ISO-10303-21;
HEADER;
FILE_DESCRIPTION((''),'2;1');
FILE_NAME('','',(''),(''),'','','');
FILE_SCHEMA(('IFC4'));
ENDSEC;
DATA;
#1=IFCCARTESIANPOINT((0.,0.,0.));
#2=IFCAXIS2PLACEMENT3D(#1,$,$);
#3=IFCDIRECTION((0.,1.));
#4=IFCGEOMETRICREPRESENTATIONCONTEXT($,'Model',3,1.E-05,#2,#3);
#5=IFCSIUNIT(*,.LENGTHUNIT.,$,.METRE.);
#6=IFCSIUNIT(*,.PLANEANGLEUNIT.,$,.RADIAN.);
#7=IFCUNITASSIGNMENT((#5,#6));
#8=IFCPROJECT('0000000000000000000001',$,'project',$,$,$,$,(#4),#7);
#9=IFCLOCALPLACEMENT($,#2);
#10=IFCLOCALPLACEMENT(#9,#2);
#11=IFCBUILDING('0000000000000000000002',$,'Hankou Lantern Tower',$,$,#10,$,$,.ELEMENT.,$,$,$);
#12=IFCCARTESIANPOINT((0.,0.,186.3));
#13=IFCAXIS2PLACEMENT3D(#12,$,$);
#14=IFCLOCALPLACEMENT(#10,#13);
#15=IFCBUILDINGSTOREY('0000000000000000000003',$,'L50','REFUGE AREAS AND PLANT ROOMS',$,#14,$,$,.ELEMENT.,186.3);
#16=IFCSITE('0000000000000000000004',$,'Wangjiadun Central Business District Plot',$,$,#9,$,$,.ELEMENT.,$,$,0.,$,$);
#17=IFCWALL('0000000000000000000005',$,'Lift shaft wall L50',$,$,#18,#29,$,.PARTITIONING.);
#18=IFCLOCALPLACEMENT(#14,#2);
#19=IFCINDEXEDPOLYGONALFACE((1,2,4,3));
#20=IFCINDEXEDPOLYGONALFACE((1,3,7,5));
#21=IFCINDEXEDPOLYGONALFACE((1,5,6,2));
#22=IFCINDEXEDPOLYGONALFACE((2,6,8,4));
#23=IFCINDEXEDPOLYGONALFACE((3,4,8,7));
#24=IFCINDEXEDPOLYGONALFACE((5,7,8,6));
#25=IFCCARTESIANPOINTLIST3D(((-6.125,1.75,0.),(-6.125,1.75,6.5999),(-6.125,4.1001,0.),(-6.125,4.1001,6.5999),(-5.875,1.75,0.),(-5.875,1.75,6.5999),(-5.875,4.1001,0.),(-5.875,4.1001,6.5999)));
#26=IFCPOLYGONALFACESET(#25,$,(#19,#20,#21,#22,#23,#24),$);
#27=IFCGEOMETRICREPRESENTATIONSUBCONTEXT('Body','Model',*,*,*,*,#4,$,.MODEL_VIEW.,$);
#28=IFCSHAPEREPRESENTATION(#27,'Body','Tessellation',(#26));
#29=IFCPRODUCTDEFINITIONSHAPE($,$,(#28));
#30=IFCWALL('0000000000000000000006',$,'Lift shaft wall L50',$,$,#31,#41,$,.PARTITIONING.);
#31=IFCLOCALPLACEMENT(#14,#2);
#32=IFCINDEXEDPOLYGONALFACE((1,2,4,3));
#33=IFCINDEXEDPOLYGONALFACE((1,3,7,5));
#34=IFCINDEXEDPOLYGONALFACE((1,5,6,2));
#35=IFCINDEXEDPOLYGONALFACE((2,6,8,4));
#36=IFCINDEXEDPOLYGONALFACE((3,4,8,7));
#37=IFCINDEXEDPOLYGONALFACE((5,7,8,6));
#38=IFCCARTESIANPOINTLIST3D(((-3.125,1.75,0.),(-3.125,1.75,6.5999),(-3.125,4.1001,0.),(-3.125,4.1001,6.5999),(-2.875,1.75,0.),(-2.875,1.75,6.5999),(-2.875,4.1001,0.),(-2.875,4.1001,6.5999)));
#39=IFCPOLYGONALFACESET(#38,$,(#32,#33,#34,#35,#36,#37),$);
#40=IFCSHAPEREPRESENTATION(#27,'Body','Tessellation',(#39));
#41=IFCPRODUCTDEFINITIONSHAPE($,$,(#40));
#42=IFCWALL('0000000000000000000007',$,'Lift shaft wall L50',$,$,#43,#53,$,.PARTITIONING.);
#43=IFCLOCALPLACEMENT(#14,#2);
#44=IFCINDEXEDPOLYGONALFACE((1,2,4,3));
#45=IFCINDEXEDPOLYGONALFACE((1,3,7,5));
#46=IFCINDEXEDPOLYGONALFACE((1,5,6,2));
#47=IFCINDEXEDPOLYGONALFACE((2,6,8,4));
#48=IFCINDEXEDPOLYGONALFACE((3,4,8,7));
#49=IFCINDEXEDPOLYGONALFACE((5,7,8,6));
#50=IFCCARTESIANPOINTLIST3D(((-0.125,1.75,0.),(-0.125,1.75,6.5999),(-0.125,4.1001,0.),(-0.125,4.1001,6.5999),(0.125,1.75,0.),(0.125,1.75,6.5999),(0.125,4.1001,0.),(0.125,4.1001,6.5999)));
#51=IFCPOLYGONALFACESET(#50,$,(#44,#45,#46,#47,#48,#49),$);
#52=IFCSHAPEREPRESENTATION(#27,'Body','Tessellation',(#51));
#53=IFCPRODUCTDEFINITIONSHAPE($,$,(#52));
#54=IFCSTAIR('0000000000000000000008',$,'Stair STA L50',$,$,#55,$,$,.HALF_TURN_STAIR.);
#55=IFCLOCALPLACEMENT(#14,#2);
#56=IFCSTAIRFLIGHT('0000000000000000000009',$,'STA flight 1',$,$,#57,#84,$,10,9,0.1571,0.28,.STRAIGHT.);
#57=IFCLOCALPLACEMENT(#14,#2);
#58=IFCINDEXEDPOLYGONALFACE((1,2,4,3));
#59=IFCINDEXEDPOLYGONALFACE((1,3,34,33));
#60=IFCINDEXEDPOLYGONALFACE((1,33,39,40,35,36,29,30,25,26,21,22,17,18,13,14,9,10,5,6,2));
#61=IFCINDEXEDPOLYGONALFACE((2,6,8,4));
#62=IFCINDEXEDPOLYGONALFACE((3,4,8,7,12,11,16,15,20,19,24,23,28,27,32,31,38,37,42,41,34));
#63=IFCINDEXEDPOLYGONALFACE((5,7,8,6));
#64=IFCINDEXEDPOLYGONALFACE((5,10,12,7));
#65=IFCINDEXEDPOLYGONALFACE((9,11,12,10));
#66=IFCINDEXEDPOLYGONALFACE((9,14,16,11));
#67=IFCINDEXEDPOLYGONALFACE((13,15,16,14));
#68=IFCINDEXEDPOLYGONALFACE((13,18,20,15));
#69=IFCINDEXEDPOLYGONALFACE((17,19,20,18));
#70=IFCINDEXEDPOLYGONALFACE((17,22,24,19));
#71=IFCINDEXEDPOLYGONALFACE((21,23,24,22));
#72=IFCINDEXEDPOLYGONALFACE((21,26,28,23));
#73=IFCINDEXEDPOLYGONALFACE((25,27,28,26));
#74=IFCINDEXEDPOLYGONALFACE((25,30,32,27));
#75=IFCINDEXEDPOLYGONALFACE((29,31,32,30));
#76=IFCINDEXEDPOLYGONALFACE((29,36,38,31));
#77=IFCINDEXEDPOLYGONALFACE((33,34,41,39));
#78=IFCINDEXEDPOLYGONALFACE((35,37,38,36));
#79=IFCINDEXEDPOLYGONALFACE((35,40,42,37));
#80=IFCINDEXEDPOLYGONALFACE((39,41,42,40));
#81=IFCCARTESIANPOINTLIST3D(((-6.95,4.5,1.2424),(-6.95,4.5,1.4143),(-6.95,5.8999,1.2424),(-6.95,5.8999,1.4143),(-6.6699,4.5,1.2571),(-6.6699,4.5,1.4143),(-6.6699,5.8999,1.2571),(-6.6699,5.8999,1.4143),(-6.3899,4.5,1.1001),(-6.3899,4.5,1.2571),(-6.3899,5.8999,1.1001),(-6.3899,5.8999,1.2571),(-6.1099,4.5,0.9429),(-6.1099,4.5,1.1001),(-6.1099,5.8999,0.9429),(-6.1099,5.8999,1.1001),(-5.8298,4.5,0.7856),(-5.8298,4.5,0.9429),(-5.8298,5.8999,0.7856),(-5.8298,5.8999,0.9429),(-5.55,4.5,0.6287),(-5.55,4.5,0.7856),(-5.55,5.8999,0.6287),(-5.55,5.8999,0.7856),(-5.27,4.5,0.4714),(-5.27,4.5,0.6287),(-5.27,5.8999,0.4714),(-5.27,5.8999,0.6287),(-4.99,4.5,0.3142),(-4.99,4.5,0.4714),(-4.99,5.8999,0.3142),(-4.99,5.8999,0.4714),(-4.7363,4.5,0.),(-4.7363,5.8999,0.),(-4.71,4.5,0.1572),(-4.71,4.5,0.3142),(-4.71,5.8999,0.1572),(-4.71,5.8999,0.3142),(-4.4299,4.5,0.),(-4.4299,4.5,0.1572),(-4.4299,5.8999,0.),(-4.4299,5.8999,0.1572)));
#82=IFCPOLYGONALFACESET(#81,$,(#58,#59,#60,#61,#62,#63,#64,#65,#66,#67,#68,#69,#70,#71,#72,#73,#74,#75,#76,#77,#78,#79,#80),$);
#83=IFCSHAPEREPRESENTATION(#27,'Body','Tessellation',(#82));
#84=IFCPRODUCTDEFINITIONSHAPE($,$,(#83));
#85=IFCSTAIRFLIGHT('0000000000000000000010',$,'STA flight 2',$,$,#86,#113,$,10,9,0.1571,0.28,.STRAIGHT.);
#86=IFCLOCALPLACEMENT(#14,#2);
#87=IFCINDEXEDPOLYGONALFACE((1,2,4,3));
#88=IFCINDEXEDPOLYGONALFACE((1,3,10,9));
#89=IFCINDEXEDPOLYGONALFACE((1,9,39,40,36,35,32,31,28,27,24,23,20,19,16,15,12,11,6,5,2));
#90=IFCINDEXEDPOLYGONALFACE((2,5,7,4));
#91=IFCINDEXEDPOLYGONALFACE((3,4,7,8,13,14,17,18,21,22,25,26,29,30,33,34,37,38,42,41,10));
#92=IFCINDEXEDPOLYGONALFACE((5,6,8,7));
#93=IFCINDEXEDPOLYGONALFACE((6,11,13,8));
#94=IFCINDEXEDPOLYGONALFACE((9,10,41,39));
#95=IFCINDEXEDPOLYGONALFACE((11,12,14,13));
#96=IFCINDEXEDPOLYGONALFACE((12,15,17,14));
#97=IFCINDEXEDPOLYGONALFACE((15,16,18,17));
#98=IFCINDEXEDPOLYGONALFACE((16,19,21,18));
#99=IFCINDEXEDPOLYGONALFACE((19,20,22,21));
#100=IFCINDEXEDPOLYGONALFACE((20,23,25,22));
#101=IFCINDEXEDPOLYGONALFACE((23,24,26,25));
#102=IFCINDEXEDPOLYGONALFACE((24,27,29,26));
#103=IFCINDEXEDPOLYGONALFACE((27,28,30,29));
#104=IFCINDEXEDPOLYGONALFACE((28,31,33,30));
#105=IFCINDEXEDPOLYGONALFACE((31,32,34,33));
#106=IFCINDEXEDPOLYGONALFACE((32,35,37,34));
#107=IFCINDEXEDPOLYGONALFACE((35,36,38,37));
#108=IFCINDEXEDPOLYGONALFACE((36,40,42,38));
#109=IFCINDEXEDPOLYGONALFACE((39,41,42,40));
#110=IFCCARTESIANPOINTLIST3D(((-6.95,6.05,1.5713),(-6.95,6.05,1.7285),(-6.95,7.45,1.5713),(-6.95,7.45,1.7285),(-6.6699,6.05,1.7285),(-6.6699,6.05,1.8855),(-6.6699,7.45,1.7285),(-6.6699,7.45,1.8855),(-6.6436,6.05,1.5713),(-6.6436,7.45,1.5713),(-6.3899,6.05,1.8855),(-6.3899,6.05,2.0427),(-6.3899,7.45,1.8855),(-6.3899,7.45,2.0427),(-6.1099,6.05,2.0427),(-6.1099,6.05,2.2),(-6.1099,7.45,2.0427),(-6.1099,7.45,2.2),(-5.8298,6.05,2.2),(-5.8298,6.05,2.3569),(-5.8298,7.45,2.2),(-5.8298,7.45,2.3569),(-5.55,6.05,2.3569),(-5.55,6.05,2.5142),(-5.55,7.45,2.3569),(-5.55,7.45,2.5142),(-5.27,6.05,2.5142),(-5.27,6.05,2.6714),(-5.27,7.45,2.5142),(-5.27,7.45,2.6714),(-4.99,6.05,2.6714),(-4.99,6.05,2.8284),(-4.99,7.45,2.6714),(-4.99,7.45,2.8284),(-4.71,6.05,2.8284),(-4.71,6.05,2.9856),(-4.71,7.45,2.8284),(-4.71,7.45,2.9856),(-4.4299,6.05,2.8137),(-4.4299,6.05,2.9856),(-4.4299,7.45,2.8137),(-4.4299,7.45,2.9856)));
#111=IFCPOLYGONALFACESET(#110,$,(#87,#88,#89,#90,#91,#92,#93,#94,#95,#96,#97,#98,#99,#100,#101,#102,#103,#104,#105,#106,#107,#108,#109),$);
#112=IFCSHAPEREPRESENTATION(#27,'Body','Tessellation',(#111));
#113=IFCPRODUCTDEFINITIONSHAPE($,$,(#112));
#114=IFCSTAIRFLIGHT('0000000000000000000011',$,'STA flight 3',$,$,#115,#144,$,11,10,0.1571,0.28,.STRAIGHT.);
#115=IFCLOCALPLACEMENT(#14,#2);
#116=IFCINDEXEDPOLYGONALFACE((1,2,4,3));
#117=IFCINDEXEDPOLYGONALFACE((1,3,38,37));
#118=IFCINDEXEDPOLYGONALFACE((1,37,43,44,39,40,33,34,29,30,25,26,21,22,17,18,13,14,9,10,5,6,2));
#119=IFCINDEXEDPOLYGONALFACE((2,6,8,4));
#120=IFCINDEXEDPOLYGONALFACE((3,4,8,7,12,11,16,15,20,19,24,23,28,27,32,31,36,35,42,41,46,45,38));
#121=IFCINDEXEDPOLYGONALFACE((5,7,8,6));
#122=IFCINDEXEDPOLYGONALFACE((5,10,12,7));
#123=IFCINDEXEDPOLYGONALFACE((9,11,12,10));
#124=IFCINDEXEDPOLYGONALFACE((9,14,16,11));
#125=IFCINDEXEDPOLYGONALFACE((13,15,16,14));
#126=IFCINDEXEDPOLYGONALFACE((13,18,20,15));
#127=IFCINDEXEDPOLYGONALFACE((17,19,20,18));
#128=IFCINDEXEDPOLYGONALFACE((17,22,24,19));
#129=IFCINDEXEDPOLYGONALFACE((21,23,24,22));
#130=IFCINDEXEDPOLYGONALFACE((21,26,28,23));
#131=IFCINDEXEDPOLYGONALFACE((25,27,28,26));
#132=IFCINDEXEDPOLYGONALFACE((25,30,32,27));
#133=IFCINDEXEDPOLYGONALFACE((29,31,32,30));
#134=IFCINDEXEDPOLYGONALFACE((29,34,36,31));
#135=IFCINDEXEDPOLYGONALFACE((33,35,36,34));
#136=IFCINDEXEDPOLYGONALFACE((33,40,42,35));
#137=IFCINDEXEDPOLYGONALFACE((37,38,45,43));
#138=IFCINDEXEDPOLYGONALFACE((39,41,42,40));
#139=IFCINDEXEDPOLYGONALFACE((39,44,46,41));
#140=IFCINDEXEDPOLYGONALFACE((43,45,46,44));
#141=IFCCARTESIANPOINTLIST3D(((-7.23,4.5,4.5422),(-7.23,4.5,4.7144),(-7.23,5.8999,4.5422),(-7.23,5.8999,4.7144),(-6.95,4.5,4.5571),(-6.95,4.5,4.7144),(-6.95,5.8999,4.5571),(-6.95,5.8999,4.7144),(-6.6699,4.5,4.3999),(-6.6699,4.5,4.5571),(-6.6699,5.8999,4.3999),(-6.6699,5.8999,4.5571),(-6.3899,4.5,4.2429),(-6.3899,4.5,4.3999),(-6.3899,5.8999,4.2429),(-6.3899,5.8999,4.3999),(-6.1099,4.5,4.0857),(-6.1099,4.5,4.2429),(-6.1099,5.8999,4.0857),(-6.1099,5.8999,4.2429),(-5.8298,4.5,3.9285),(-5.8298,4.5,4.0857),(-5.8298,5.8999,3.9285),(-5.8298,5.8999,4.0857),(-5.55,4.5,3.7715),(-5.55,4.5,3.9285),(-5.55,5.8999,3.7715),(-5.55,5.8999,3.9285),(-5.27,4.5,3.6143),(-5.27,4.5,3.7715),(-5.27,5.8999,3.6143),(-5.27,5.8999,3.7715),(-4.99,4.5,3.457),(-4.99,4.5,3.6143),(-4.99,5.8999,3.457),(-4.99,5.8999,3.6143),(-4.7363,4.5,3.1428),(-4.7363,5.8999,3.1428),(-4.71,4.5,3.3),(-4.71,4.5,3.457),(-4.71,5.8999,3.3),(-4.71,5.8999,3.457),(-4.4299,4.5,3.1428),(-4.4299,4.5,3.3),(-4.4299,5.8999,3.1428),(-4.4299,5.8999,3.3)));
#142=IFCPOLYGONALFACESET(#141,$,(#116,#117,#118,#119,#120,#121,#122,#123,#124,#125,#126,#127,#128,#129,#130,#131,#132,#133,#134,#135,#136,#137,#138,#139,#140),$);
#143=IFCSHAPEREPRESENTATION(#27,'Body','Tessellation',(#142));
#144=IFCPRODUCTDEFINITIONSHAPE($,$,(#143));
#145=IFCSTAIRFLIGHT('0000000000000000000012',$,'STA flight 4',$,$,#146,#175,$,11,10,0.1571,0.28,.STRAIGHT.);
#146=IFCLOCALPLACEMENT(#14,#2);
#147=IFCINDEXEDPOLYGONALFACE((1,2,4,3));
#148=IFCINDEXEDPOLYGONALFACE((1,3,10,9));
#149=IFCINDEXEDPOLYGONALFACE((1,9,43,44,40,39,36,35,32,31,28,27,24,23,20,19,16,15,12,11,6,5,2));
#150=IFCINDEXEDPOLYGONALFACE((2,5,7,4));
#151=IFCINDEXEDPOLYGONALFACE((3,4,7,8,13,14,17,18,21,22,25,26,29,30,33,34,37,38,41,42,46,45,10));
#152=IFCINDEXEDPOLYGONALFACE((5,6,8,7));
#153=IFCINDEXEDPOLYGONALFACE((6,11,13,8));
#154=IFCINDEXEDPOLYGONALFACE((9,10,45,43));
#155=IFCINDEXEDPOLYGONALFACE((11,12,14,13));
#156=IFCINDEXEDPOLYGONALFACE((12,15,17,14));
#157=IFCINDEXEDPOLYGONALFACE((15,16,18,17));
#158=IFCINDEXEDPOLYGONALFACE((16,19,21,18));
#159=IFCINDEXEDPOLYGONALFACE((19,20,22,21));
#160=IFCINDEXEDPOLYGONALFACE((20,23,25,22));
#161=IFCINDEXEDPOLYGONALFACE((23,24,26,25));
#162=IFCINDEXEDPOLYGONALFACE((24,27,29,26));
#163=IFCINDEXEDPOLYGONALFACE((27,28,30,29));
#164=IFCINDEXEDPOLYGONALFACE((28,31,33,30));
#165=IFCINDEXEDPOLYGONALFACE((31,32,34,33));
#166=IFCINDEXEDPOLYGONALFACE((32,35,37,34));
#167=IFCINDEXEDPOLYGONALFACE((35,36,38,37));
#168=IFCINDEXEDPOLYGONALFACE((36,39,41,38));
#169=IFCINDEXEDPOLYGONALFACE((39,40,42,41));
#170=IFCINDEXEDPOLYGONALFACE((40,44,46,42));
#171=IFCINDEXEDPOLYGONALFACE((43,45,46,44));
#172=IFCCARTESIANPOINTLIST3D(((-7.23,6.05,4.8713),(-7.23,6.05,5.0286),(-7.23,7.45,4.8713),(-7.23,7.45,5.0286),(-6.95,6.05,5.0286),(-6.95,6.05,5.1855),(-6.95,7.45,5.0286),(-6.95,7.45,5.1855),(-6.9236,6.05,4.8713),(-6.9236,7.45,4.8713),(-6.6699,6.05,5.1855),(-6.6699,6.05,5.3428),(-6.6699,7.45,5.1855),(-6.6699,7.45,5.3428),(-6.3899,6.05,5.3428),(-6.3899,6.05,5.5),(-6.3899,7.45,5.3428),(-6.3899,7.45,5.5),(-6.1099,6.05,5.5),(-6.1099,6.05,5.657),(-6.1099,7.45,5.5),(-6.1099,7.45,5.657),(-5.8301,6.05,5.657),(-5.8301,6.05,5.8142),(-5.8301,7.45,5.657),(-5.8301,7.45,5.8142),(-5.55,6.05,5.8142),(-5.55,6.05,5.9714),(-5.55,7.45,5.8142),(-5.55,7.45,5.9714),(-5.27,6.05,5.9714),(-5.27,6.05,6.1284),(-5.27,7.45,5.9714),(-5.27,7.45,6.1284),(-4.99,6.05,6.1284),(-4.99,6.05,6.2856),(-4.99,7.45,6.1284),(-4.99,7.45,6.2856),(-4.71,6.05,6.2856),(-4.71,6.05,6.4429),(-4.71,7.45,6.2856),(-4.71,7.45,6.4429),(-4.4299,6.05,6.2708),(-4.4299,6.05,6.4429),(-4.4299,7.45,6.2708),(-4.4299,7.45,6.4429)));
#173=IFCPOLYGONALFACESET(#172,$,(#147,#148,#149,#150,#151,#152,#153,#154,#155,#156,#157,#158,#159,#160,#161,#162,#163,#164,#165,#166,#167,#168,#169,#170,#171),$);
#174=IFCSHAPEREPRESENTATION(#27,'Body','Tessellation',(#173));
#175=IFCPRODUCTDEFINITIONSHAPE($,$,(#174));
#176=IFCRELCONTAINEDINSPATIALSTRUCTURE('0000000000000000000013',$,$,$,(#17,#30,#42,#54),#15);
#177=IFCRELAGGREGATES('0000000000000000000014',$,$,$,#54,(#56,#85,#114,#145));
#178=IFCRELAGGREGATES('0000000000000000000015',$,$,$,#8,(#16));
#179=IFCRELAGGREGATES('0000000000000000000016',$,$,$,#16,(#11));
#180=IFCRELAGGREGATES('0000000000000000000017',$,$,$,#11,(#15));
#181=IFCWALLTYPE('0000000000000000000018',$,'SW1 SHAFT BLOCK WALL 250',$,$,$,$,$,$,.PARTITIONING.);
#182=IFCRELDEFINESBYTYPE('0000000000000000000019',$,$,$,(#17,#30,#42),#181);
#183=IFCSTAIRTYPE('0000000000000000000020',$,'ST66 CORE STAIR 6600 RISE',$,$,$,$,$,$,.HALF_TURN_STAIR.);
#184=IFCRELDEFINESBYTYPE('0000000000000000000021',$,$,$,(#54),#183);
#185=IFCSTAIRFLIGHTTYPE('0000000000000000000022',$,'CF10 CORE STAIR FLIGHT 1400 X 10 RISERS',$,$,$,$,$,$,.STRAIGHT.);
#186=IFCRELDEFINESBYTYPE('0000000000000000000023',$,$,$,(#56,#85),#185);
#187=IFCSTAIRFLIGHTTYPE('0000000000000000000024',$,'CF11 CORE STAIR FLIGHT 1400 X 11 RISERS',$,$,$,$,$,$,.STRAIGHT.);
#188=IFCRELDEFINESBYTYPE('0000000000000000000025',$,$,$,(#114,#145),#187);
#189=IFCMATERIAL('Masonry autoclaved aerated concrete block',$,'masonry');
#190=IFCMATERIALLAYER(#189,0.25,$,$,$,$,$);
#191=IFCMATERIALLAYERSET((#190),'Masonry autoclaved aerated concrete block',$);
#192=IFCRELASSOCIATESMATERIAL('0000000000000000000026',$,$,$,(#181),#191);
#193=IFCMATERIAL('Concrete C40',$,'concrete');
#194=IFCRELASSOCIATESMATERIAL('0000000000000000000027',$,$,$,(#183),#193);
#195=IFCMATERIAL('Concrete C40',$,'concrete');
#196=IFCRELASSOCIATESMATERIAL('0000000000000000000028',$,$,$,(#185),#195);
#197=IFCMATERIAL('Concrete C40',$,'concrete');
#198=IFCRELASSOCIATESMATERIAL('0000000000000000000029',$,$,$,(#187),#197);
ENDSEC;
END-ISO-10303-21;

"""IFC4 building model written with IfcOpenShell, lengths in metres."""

from ifc_helpers import new_model, si_unit, direction, frame, frame_2d, origin, place, context, subcontext, project, spatial, polyline, rectangle, outline, extrude, material, layer, layer_set, type_object, element, aggregate, save


model = new_model("IFC4")

# Units and contexts
model_context = context("Model", 3, precision=1e-05, world=origin(), true_north=direction((0.0, 1.0)))
body_context = subcontext(model_context, "Body", "Model", "MODEL_VIEW")
ifc_project = project(units=[si_unit("LENGTHUNIT", "METRE"), si_unit("PLANEANGLEUNIT", "RADIAN")], contexts=[model_context])

# Site, building, storey
site_placement = place(None, origin())
site = spatial("IfcSite", under=ifc_project, at=site_placement, Name="Wangjiadun Central Business District Plot", CompositionType="ELEMENT", RefElevation=0.0)
building_placement = place(site_placement, origin())
building = spatial("IfcBuilding", under=site, at=building_placement, Name="Hankou Lantern Tower", CompositionType="ELEMENT")
storey_placement = place(building_placement, frame((0.0, 0.0, 186.3)))
storey = spatial("IfcBuildingStorey", under=building, at=storey_placement, Name="L50", Description="REFUGE AREAS AND PLANT ROOMS", CompositionType="ELEMENT", Elevation=186.3)

# Walls
ifc_material_1 = material(Name="Masonry autoclaved aerated concrete block", Category="masonry")
ifc_layer_1 = layer(ifc_material_1, 0.25)
ifc_layer_set_1 = layer_set([ifc_layer_1], Name="Masonry autoclaved aerated concrete block")
wall_type_1 = type_object("IfcWallType", Name="SW1 SHAFT BLOCK WALL 250", PredefinedType="PARTITIONING", material=ifc_layer_set_1)
for number, where, z_axis, x_axis, name in (
    (1, (-6.0, 1.75, 0.0), (0.0, 0.0, 1.0), (0.0, 1.0, 0.0), "Lift shaft wall L50"),
    (2, (-3.0, 1.75, 0.0), (0.0, 0.0, 1.0), (0.0, 1.0, 0.0), "Lift shaft wall L50"),
    (3, (0.0, 1.75, 0.0), (0.0, 0.0, 1.0), (0.0, 1.0, 0.0), "Lift shaft wall L50"),
):
    element("IfcWall", number, at=place(storey_placement, frame(where, z_axis=z_axis, x_axis=x_axis)), inside=storey, type_object=wall_type_1, Name=name, PredefinedType="PARTITIONING", context=body_context, shape_type="SweptSolid", body=[
        extrude(rectangle(XDim=2.3501, YDim=0.25, at=frame_2d((1.175, 0.0))), origin(), (0.0, 0.0, 1.0), 6.5999),
    ])

# Stair, stair flights
ifc_material_2 = material(Name="Concrete C40", Category="concrete")
stair_type = type_object("IfcStairType", Name="ST66 CORE STAIR 6600 RISE", PredefinedType="HALF_TURN_STAIR", material=ifc_material_2)
stair_placement = place(storey_placement, origin())
stair = element("IfcStair", 4, at=stair_placement, inside=storey, type_object=stair_type, Name="Stair STA L50", PredefinedType="HALF_TURN_STAIR")
ifc_material_3 = material(Name="Concrete C40", Category="concrete")
stair_flight_type_1 = type_object("IfcStairFlightType", Name="CF10 CORE STAIR FLIGHT 1400 X 10 RISERS", PredefinedType="STRAIGHT", material=ifc_material_3)
stair_flight_1_placement = place(storey_placement, frame((-4.4299, 5.2, 0.0), z_axis=(0.0, 0.0, 1.0), x_axis=(-1.0, 0.0, 0.0)))
stair_flight_1 = element("IfcStairFlight", 5, at=stair_flight_1_placement, type_object=stair_flight_type_1, Name="STA flight 1", NumberOfRisers=10, NumberOfTreads=9, PredefinedType="STRAIGHT", RiserHeight=0.1571, TreadLength=0.28, context=body_context, shape_type="SweptSolid", body=[
    extrude(outline(polyline([(0.0, 0.0), (0.0, 0.1572), (0.28, 0.1572), (0.28, 0.3142), (0.5601, 0.3142), (0.5601, 0.4714), (0.8401, 0.4714), (0.8401, 0.6287), (1.1201, 0.6287), (1.1201, 0.7856), (1.3999, 0.7856), (1.3999, 0.9429), (1.6799, 0.9429), (1.6799, 1.1001), (1.96, 1.1001), (1.96, 1.2571), (2.24, 1.2571), (2.24, 1.4143), (2.52, 1.4143), (2.52, 1.5715), (2.52, 1.2424), (0.3064, 0.0), (0.0, 0.0)])), frame((0.0, 0.7, 0.0), z_axis=(0.0, -1.0, 0.0), x_axis=(1.0, 0.0, 0.0)), (0.0, 0.0, 1.0), 1.3999),
])
stair_flight_2_placement = place(storey_placement, frame((-6.95, 6.75, 1.5713), z_axis=(0.0, 0.0, 1.0), x_axis=(1.0, 0.0, 0.0)))
stair_flight_2 = element("IfcStairFlight", 6, at=stair_flight_2_placement, type_object=stair_flight_type_1, Name="STA flight 2", NumberOfRisers=10, NumberOfTreads=9, PredefinedType="STRAIGHT", RiserHeight=0.1571, TreadLength=0.28, context=body_context, shape_type="SweptSolid", body=[
    extrude(outline(polyline([(0.0, 0.0), (0.0, 0.1572), (0.28, 0.1572), (0.28, 0.3142), (0.5601, 0.3142), (0.5601, 0.4714), (0.8401, 0.4714), (0.8401, 0.6287), (1.1201, 0.6287), (1.1201, 0.7856), (1.3999, 0.7856), (1.3999, 0.9429), (1.6799, 0.9429), (1.6799, 1.1001), (1.96, 1.1001), (1.96, 1.2571), (2.24, 1.2571), (2.24, 1.4143), (2.52, 1.4143), (2.52, 1.5715), (2.52, 1.2424), (0.3064, 0.0), (0.0, 0.0)])), frame((0.0, 0.7, 0.0), z_axis=(0.0, -1.0, 0.0), x_axis=(1.0, 0.0, 0.0)), (0.0, 0.0, 1.0), 1.3999),
])
ifc_material_4 = material(Name="Concrete C40", Category="concrete")
stair_flight_type_2 = type_object("IfcStairFlightType", Name="CF11 CORE STAIR FLIGHT 1400 X 11 RISERS", PredefinedType="STRAIGHT", material=ifc_material_4)
stair_flight_3_placement = place(storey_placement, frame((-4.4299, 5.2, 3.1428), z_axis=(0.0, 0.0, 1.0), x_axis=(-1.0, 0.0, 0.0)))
stair_flight_3 = element("IfcStairFlight", 7, at=stair_flight_3_placement, type_object=stair_flight_type_2, Name="STA flight 3", NumberOfRisers=11, NumberOfTreads=10, PredefinedType="STRAIGHT", RiserHeight=0.1571, TreadLength=0.28, context=body_context, shape_type="SweptSolid", body=[
    extrude(outline(polyline([(0.0, 0.0), (0.0, 0.1572), (0.28, 0.1572), (0.28, 0.3142), (0.5601, 0.3142), (0.5601, 0.4714), (0.8401, 0.4714), (0.8401, 0.6287), (1.1201, 0.6287), (1.1201, 0.7856), (1.3999, 0.7856), (1.3999, 0.9429), (1.6799, 0.9429), (1.6799, 1.1001), (1.96, 1.1001), (1.96, 1.2571), (2.24, 1.2571), (2.24, 1.4143), (2.52, 1.4143), (2.52, 1.5715), (2.8, 1.5715), (2.8, 1.7285), (2.8, 1.3994), (0.3064, 0.0), (0.0, 0.0)])), frame((0.0, 0.7, 0.0), z_axis=(0.0, -1.0, 0.0), x_axis=(1.0, 0.0, 0.0)), (0.0, 0.0, 1.0), 1.3999),
])
stair_flight_4_placement = place(storey_placement, frame((-7.23, 6.75, 4.8713), z_axis=(0.0, 0.0, 1.0), x_axis=(1.0, 0.0, 0.0)))
stair_flight_4 = element("IfcStairFlight", 8, at=stair_flight_4_placement, type_object=stair_flight_type_2, Name="STA flight 4", NumberOfRisers=11, NumberOfTreads=10, PredefinedType="STRAIGHT", RiserHeight=0.1571, TreadLength=0.28, context=body_context, shape_type="SweptSolid", body=[
    extrude(outline(polyline([(0.0, 0.0), (0.0, 0.1572), (0.28, 0.1572), (0.28, 0.3142), (0.5601, 0.3142), (0.5601, 0.4714), (0.8401, 0.4714), (0.8401, 0.6287), (1.1201, 0.6287), (1.1201, 0.7856), (1.3999, 0.7856), (1.3999, 0.9429), (1.6799, 0.9429), (1.6799, 1.1001), (1.96, 1.1001), (1.96, 1.2571), (2.24, 1.2571), (2.24, 1.4143), (2.52, 1.4143), (2.52, 1.5715), (2.8, 1.5715), (2.8, 1.7285), (2.8, 1.3994), (0.3064, 0.0), (0.0, 0.0)])), frame((0.0, 0.7, 0.0), z_axis=(0.0, -1.0, 0.0), x_axis=(1.0, 0.0, 0.0)), (0.0, 0.0, 1.0), 1.3999),
])
aggregate(stair, [stair_flight_1, stair_flight_2, stair_flight_3, stair_flight_4])

save(model, "model.ifc")
